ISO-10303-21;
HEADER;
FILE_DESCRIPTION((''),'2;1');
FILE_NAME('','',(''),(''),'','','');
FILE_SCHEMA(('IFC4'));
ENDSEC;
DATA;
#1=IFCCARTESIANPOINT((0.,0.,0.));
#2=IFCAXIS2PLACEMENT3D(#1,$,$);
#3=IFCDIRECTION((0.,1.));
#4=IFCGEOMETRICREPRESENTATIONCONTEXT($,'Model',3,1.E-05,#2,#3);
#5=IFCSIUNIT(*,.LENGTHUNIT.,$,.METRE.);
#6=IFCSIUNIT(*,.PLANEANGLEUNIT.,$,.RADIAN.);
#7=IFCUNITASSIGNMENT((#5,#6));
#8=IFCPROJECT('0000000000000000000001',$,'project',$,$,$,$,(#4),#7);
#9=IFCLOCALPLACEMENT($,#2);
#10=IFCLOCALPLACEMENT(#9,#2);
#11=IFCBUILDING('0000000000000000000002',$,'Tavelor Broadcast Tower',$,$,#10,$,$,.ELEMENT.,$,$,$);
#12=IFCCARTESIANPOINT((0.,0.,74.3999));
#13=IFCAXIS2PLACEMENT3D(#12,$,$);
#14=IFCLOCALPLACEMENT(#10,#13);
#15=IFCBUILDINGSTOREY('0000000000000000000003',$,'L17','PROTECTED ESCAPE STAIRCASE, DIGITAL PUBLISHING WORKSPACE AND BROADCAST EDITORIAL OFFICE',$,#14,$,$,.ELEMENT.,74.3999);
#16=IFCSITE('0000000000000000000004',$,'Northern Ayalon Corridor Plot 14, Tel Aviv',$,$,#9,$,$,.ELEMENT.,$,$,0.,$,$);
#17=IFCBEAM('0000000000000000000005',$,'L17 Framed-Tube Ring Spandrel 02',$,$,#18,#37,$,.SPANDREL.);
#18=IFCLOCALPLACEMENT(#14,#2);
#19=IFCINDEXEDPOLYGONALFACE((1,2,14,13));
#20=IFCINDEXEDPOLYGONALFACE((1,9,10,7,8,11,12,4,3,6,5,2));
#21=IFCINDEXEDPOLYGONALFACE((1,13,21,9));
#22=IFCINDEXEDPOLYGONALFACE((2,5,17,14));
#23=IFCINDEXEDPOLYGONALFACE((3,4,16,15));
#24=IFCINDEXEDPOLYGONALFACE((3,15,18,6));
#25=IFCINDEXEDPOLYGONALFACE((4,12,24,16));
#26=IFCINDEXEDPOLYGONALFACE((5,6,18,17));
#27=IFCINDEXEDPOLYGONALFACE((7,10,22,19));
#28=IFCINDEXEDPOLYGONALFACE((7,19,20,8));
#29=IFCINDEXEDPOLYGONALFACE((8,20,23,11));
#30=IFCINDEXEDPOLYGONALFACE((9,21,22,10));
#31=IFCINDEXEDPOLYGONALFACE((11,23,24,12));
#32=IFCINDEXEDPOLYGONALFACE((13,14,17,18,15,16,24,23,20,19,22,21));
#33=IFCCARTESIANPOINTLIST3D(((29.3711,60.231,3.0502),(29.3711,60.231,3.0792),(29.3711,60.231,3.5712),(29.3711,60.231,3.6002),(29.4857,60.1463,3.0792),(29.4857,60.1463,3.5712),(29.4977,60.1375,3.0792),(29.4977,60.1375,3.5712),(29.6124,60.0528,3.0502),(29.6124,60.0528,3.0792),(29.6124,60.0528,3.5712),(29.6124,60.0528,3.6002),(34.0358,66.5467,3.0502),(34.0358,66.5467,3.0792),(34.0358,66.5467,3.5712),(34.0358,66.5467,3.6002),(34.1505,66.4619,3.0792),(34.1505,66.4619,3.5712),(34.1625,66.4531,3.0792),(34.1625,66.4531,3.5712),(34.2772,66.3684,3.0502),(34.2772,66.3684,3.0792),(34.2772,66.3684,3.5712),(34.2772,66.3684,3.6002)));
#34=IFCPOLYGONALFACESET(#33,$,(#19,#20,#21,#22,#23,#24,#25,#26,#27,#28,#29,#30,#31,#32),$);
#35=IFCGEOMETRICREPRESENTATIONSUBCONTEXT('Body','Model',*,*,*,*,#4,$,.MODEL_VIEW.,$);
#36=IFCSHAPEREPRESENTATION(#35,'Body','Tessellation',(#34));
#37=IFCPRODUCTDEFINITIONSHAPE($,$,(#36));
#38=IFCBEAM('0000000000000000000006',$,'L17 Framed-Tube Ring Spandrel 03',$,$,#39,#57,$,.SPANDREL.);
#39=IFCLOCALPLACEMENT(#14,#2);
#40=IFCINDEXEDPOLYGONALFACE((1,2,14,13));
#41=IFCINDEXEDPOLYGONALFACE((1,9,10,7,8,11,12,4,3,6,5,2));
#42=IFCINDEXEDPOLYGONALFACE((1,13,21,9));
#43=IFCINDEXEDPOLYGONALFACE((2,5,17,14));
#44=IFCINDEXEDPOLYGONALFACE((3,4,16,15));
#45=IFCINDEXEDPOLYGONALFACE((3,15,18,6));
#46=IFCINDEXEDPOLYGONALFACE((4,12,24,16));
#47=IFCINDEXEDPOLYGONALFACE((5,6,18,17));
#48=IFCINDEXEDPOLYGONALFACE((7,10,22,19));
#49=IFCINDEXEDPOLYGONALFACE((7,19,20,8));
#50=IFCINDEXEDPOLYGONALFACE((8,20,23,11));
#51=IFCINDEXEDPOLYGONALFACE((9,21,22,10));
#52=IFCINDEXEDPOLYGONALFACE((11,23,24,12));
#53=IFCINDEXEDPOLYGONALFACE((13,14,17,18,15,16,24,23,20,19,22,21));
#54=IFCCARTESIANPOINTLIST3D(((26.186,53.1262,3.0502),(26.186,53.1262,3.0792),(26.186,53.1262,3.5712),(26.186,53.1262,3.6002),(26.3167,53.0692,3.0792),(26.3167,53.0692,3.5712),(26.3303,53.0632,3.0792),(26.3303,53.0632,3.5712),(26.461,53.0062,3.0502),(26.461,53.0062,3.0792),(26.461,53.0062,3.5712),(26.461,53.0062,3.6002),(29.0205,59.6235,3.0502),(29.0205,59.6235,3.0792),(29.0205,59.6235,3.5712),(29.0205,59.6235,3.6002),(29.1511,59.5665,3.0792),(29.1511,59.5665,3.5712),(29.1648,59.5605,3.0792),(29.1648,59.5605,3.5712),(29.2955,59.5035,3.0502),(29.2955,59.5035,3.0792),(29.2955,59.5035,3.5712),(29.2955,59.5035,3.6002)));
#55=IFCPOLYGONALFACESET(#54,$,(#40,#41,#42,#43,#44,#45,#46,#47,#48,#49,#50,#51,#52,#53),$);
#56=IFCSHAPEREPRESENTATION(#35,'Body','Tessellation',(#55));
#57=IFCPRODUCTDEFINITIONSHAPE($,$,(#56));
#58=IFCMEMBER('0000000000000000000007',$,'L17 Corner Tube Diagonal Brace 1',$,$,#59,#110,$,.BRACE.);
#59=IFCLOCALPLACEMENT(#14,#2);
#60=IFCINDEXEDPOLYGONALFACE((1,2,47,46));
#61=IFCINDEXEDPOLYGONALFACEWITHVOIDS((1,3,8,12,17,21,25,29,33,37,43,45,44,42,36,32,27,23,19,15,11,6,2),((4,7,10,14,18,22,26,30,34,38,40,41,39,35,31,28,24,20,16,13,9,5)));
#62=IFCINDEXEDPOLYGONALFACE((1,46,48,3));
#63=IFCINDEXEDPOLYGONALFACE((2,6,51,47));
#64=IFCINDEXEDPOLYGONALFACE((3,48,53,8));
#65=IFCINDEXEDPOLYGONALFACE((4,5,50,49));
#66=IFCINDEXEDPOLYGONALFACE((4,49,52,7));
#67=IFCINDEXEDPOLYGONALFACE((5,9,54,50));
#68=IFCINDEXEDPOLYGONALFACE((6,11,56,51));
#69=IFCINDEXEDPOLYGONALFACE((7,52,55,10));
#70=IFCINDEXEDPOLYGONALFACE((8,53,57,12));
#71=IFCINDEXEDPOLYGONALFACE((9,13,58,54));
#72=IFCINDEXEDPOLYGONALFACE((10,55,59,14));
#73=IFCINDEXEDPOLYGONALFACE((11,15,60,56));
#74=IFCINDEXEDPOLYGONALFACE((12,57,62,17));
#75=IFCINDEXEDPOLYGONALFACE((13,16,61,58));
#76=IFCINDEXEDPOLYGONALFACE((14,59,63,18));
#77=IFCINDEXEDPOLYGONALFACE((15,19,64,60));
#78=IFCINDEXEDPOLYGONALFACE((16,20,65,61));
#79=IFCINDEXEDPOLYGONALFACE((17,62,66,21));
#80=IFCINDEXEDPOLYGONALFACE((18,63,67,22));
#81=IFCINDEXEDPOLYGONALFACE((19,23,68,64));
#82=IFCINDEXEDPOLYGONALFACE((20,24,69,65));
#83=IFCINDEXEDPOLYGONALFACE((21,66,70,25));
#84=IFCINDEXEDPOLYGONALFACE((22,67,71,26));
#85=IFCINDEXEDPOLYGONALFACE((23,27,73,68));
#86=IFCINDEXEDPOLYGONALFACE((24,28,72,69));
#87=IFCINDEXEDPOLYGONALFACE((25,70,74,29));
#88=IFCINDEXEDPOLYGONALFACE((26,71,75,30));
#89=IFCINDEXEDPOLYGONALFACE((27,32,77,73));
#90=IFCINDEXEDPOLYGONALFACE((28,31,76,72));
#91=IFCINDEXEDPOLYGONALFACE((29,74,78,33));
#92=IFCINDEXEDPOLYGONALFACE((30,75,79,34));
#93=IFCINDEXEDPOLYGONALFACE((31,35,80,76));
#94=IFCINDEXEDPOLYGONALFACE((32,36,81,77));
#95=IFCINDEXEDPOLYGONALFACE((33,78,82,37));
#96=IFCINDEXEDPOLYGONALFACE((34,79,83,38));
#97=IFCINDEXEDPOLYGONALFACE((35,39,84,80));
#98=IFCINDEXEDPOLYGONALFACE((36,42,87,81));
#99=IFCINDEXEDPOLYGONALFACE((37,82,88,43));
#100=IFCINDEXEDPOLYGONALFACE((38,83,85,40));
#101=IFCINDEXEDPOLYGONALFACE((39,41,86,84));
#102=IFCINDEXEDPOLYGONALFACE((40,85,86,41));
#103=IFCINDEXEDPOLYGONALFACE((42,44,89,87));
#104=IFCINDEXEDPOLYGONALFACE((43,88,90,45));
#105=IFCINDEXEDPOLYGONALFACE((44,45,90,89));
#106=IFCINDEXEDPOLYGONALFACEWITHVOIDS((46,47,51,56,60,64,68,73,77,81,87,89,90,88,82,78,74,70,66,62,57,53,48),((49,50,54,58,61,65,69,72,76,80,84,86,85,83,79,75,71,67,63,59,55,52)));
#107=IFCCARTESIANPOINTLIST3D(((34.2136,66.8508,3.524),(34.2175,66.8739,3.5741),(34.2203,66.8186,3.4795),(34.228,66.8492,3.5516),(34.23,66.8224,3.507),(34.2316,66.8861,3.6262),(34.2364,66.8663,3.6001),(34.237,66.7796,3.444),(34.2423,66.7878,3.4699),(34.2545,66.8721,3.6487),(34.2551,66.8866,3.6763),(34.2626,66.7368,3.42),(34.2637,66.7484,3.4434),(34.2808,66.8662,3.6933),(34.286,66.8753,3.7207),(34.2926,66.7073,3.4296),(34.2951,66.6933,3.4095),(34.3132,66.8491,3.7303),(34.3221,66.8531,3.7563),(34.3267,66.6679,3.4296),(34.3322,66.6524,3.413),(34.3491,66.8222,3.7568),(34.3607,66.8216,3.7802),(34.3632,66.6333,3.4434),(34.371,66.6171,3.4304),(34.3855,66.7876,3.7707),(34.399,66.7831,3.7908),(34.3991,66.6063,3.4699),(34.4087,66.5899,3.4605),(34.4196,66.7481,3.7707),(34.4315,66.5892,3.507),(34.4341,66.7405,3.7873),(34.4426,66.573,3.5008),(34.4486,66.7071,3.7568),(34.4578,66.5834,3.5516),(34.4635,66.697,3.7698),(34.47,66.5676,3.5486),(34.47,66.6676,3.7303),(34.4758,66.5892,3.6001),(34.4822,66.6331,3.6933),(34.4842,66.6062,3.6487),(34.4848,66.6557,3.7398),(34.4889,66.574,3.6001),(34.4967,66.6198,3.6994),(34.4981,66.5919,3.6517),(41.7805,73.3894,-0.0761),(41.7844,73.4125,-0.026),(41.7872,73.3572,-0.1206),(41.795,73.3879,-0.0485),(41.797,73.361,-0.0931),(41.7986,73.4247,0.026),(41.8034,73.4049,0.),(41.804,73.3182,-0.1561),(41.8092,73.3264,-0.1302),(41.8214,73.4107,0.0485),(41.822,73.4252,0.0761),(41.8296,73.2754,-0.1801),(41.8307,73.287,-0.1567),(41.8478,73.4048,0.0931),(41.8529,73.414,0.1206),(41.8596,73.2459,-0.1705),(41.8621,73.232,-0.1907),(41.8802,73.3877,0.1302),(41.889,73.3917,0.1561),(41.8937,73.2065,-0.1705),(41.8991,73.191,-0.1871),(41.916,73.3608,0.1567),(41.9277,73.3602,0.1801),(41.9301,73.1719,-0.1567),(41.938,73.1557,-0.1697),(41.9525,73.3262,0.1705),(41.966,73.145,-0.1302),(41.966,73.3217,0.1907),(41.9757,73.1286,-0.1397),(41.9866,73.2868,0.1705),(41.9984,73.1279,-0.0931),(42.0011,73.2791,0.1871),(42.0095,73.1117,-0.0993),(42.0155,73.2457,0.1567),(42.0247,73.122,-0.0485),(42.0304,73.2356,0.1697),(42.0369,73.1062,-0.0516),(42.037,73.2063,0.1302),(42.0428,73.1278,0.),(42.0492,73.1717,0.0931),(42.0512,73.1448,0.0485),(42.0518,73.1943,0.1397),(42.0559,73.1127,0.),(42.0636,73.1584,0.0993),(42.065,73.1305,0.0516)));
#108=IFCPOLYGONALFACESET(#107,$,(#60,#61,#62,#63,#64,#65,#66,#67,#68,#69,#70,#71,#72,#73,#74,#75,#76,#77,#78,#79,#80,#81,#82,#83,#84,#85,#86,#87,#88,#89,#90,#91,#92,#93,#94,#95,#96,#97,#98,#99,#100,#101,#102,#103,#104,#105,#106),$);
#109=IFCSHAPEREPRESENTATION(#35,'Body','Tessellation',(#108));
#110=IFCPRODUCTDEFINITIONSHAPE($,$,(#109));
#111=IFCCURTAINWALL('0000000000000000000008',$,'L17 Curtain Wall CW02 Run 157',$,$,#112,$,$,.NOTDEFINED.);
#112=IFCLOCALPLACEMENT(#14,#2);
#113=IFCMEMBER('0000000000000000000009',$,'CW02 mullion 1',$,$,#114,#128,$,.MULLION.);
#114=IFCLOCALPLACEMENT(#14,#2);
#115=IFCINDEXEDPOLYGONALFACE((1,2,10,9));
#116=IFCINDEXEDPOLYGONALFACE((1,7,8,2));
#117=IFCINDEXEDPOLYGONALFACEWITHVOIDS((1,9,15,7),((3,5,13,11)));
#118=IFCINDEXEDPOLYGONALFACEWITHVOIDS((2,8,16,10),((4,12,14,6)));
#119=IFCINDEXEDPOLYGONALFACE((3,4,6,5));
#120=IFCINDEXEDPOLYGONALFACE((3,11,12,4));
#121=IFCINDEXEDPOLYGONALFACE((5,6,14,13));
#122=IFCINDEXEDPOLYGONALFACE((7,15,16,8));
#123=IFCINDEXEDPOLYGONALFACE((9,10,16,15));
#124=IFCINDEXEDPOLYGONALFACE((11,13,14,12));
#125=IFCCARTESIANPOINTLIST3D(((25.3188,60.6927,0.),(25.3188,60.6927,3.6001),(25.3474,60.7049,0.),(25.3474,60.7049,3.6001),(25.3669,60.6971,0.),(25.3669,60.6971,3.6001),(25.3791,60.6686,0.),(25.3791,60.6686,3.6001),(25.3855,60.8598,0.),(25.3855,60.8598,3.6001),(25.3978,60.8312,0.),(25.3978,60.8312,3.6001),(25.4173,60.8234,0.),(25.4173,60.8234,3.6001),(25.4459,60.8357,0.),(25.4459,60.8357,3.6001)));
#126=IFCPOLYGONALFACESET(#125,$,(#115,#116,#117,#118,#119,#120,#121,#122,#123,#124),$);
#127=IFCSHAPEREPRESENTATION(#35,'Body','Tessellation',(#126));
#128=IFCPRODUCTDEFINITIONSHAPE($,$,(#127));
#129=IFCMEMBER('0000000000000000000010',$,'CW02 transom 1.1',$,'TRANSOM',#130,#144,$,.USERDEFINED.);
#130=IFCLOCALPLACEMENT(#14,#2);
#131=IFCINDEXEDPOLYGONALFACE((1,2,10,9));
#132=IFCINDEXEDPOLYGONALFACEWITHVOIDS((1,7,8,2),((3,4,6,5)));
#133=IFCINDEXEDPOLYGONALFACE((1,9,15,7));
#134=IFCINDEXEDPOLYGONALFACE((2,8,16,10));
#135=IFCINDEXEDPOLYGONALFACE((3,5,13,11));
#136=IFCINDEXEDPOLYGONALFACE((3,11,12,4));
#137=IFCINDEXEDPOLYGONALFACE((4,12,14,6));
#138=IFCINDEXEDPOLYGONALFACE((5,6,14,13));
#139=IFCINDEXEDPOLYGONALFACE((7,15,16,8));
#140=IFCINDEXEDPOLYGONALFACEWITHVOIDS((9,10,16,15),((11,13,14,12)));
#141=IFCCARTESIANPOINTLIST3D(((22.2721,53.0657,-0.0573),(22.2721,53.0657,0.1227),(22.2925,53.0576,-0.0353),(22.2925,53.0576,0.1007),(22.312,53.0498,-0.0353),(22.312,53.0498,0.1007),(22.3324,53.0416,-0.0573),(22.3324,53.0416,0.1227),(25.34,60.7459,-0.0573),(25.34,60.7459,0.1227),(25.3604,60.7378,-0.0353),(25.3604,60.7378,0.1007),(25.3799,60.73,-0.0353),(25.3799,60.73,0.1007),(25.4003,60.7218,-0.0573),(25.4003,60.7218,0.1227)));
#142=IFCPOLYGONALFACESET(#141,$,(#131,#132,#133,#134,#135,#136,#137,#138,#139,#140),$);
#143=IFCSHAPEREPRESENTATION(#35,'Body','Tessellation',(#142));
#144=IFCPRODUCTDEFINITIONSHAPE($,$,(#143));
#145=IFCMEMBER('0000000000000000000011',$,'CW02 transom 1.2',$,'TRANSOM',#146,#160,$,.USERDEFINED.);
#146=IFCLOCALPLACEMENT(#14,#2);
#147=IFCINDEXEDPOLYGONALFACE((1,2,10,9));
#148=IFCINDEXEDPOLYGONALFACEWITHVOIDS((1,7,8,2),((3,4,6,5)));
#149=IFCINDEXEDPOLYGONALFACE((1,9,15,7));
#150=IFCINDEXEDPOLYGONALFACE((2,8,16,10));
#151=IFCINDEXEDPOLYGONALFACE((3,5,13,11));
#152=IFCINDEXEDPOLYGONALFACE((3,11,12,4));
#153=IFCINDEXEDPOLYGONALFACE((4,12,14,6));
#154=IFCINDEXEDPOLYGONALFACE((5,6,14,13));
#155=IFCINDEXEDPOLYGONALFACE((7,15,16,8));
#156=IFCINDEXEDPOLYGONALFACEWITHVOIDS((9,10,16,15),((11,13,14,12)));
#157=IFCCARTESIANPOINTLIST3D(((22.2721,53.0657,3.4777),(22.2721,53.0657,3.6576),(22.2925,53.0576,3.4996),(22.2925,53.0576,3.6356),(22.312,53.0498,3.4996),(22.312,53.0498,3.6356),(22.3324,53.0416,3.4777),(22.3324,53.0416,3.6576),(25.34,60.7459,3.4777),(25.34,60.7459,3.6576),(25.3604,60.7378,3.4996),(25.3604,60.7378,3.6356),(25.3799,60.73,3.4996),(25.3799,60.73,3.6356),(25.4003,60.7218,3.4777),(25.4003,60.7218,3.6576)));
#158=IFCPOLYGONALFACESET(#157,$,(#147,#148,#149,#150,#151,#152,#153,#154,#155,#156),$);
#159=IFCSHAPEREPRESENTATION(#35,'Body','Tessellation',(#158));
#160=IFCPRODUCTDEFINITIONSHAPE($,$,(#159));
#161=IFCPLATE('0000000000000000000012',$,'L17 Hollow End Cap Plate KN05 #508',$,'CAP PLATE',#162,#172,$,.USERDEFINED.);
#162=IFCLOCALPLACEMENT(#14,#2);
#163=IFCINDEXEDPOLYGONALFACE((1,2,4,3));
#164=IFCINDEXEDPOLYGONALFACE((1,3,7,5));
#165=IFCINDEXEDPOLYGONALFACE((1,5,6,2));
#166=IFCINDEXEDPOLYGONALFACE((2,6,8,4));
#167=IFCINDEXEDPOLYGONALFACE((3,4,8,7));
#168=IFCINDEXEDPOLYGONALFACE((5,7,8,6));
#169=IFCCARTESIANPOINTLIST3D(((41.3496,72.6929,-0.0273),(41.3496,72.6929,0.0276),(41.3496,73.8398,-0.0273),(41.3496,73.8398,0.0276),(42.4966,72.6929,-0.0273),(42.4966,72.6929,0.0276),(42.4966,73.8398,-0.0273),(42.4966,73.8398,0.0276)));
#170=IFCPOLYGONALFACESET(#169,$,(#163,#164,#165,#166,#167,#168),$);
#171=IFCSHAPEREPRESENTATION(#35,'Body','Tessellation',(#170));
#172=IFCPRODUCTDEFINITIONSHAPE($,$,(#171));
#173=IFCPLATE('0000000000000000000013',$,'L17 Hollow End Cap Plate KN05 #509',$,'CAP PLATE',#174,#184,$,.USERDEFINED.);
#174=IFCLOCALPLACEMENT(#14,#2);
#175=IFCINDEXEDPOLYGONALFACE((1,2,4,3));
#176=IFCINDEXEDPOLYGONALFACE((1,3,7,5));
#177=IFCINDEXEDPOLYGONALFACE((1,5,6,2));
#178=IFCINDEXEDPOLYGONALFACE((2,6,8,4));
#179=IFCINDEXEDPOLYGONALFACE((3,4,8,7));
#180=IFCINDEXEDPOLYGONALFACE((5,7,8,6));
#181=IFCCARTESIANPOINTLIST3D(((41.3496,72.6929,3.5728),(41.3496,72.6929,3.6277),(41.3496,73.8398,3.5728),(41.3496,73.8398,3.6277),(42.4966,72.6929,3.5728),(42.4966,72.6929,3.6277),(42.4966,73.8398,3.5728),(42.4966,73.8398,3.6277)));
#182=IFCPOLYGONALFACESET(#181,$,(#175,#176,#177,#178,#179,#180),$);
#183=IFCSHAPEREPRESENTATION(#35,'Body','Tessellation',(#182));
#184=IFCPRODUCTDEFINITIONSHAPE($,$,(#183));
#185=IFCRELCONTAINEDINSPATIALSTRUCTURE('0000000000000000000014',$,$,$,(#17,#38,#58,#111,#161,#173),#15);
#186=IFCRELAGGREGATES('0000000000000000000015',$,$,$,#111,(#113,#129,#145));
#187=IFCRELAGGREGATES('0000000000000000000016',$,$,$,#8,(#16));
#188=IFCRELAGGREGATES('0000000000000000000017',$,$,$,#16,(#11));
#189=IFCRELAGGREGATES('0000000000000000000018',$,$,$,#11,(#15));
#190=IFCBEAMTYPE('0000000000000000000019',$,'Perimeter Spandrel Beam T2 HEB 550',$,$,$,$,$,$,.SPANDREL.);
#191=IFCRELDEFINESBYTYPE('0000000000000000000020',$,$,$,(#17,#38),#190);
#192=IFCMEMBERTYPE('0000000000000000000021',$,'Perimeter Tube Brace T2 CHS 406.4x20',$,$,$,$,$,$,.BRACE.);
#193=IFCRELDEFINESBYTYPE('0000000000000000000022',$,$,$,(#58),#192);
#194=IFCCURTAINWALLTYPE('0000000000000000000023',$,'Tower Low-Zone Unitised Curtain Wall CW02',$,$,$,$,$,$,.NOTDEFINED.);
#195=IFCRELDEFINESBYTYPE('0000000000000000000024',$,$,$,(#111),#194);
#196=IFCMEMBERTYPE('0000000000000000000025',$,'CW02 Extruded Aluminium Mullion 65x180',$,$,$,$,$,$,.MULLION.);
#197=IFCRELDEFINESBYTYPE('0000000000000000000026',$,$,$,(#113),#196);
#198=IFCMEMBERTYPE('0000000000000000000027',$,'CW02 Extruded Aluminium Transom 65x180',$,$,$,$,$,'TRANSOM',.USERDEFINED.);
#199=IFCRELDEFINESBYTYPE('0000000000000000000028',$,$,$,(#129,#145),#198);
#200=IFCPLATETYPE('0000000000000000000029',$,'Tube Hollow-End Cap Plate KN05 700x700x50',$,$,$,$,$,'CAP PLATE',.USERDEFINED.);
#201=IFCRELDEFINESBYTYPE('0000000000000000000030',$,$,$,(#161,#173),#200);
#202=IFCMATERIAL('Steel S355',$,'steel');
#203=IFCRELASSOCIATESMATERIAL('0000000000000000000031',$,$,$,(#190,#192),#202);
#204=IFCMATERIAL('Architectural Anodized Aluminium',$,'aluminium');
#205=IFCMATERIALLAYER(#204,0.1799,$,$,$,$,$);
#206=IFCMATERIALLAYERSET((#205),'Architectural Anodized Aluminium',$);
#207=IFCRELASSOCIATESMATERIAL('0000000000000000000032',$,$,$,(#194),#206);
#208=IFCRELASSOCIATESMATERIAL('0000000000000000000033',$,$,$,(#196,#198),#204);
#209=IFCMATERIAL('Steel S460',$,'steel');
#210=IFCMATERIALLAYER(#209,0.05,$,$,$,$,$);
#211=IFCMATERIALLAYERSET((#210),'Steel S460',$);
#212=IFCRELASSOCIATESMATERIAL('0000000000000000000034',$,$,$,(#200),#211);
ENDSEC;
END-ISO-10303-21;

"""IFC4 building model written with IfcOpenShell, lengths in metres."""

from ifc_helpers import new_model, si_unit, direction, frame, origin, origin_2d, place, context, subcontext, project, spatial, rectangle, hollow_rectangle, hollow_circle, i_section, extrude, source, transform, mapped, material, layer, layer_set, material_profile, profile_set, type_object, type_shapes, element, aggregate, save


model = new_model("IFC4")

# Units and contexts
model_context = context("Model", 3, precision=1e-05, world=origin(), true_north=direction((0.0, 1.0)))
body_context = subcontext(model_context, "Body", "Model", "MODEL_VIEW")
ifc_project = project(units=[si_unit("LENGTHUNIT", "METRE"), si_unit("PLANEANGLEUNIT", "RADIAN")], contexts=[model_context])

# Site, building, storey
site_placement = place(None, origin())
site = spatial("IfcSite", under=ifc_project, at=site_placement, Name="Northern Ayalon Corridor Plot 14, Tel Aviv", CompositionType="ELEMENT", RefElevation=0.0)
building_placement = place(site_placement, origin())
building = spatial("IfcBuilding", under=site, at=building_placement, Name="Tavelor Broadcast Tower", CompositionType="ELEMENT")
storey_placement = place(building_placement, frame((0.0, 0.0, 74.3999)))
storey = spatial("IfcBuildingStorey", under=building, at=storey_placement, Name="L17", Description="PROTECTED ESCAPE STAIRCASE, DIGITAL PUBLISHING WORKSPACE AND BROADCAST EDITORIAL OFFICE", CompositionType="ELEMENT", Elevation=74.3999)

# Shared definitions
ifc_material_1 = material(Name="Steel S460", Category="steel")

# Beams
ifc_material_2 = material(Name="Steel S355", Category="steel")
ifc_material_profile_1 = material_profile(ifc_material_2, i_section(OverallWidth=0.3, OverallDepth=0.55, WebThickness=0.0149, FlangeThickness=0.0291, at=origin_2d()), Name="HEB 550")
ifc_profile_set_1 = profile_set([ifc_material_profile_1], Name="Steel S355")
beam_type_1 = type_object("IfcBeamType", Name="Perimeter Spandrel Beam T2 HEB 550", PredefinedType="SPANDREL", material=ifc_profile_set_1)
beam_1_placement = place(storey_placement, frame((34.1565, 66.4575, 3.3252), z_axis=(-0.594118, -0.804378, 0.0), x_axis=(0.804378, -0.594118, 0.0)))
element("IfcBeam", 1, at=beam_1_placement, inside=storey, type_object=beam_type_1, Name="L17 Framed-Tube Ring Spandrel 02", PredefinedType="SPANDREL", context=body_context, shape_type="SweptSolid", body=[
    extrude(i_section(OverallWidth=0.3, OverallDepth=0.55, WebThickness=0.0149, FlangeThickness=0.0291, at=origin_2d()), origin(), (0.0, 0.0, 1.0), 7.8516),
])
beam_2_placement = place(storey_placement, frame((29.158, 59.5635, 3.3252), z_axis=(-0.399859, -0.916577, 0.0), x_axis=(0.916577, -0.399859, 0.0)))
element("IfcBeam", 2, at=beam_2_placement, inside=storey, type_object=beam_type_1, Name="L17 Framed-Tube Ring Spandrel 03", PredefinedType="SPANDREL", context=body_context, shape_type="SweptSolid", body=[
    extrude(i_section(OverallWidth=0.3, OverallDepth=0.55, WebThickness=0.0149, FlangeThickness=0.0291, at=origin_2d()), origin(), (0.0, 0.0, 1.0), 7.0886),
])

# Member
ifc_material_profile_2 = material_profile(ifc_material_2, hollow_circle(Radius=0.2031, WallThickness=0.02, at=origin_2d()), Name="CHS 406.4x20")
ifc_profile_set_2 = profile_set([ifc_material_profile_2], Name="Steel S355")
member_type_1 = type_object("IfcMemberType", Name="Perimeter Tube Brace T2 CHS 406.4x20", PredefinedType="BRACE", material=ifc_profile_set_2)
member_1_placement = place(storey_placement, frame((41.9231, 73.2664, 0.0), z_axis=(-0.711923, -0.615175, 0.338711), x_axis=(0.653822, -0.756648, 0.0)))
element("IfcMember", 3, at=member_1_placement, inside=storey, type_object=member_type_1, Name="L17 Corner Tube Diagonal Brace 1", PredefinedType="BRACE", context=body_context, shape_type="SweptSolid", body=[
    extrude(hollow_circle(Radius=0.2031, WallThickness=0.02, at=origin_2d()), origin(), (0.0, 0.0, 1.0), 10.6289),
])

# Curtain wall, members
ifc_material_3 = material(Name="Architectural Anodized Aluminium", Category="aluminium")
ifc_layer_1 = layer(ifc_material_3, 0.1799)
ifc_layer_set_1 = layer_set([ifc_layer_1], Name="Architectural Anodized Aluminium")
curtain_wall_type = type_object("IfcCurtainWallType", Name="Tower Low-Zone Unitised Curtain Wall CW02", PredefinedType="NOTDEFINED", material=ifc_layer_set_1)
curtain_wall_placement = place(storey_placement, origin())
curtain_wall = element("IfcCurtainWall", 4, at=curtain_wall_placement, inside=storey, type_object=curtain_wall_type, Name="L17 Curtain Wall CW02 Run 157", PredefinedType="NOTDEFINED")
ifc_material_profile_3 = material_profile(ifc_material_3, hollow_rectangle(XDim=0.0649, YDim=0.1799, WallThickness=0.022, at=origin_2d()), Name="RHS 65x180x22")
ifc_profile_set_3 = profile_set([ifc_material_profile_3], Name="Architectural Anodized Aluminium")
member_type_2 = type_object("IfcMemberType", Name="CW02 Extruded Aluminium Mullion 65x180", PredefinedType="MULLION", material=ifc_profile_set_3)
shared_shape_1 = source(origin(), body_context, "Body", "SweptSolid", [
    extrude(hollow_rectangle(XDim=0.0649, YDim=0.1799, WallThickness=0.022, at=origin_2d()), origin(), (0.0, 0.0, 1.0), 3.6001),
])
type_shapes(member_type_2, [shared_shape_1])
member_2_placement = place(storey_placement, frame((25.3823, 60.7642, 0.0), z_axis=(0.0, 0.0, 1.0), x_axis=(0.928649, -0.37096, 0.0)))
member_2 = element("IfcMember", 5, at=member_2_placement, type_object=member_type_2, Name="CW02 mullion 1", PredefinedType="MULLION", context=body_context, shape_type="MappedRepresentation", body=[
    mapped(shared_shape_1, transform((0.0, 0.0, 0.0), scale=1.0)),
])
ifc_material_profile_4 = material_profile(ifc_material_3, hollow_rectangle(XDim=0.0649, YDim=0.1799, WallThickness=0.022, at=origin_2d()), Name="RHS 65x180x22")
ifc_profile_set_4 = profile_set([ifc_material_profile_4], Name="Architectural Anodized Aluminium")
member_type_3 = type_object("IfcMemberType", Name="CW02 Extruded Aluminium Transom 65x180", ElementType="TRANSOM", PredefinedType="USERDEFINED", material=ifc_profile_set_4)
shared_shape_2 = source(origin(), body_context, "Body", "SweptSolid", [
    extrude(hollow_rectangle(XDim=0.0649, YDim=0.1799, WallThickness=0.022, at=origin_2d()), origin(), (0.0, 0.0, 1.0), 8.2703),
])
type_shapes(member_type_3, [shared_shape_2])
member_3_placement = place(storey_placement, frame((25.3701, 60.7339, 0.0327), z_axis=(-0.370953, -0.928652, 0.0), x_axis=(0.928652, -0.370953, 0.0)))
member_3 = element("IfcMember", 6, at=member_3_placement, type_object=member_type_3, Name="CW02 transom 1.1", ObjectType="TRANSOM", PredefinedType="USERDEFINED", context=body_context, shape_type="MappedRepresentation", body=[
    mapped(shared_shape_2, transform((0.0, 0.0, 0.0), scale=1.0)),
])
member_4_placement = place(storey_placement, frame((25.3701, 60.7339, 3.5676), z_axis=(-0.370953, -0.928652, 0.0), x_axis=(0.928652, -0.370953, 0.0)))
member_4 = element("IfcMember", 7, at=member_4_placement, type_object=member_type_3, Name="CW02 transom 1.2", ObjectType="TRANSOM", PredefinedType="USERDEFINED", context=body_context, shape_type="MappedRepresentation", body=[
    mapped(shared_shape_2, transform((0.0, 0.0, 0.0), scale=1.0)),
])
aggregate(curtain_wall, [member_2, member_3, member_4])

# Plates
ifc_layer_2 = layer(ifc_material_1, 0.05)
ifc_layer_set_2 = layer_set([ifc_layer_2], Name="Steel S460")
plate_type = type_object("IfcPlateType", Name="Tube Hollow-End Cap Plate KN05 700x700x50", ElementType="CAP PLATE", PredefinedType="USERDEFINED", material=ifc_layer_set_2)
shared_shape_3 = source(origin(), body_context, "Body", "SweptSolid", [
    extrude(rectangle(XDim=1.147, YDim=1.147, at=origin_2d()), origin(), (0.0, 0.0, 1.0), 0.0549),
])
for number, where, z_axis, x_axis, name in (
    (8, (41.9231, 73.2664, -0.0273), (0.0, 0.0, 1.0), (1.0, 0.0, 0.0), "L17 Hollow End Cap Plate KN05 #508"),
    (9, (41.9231, 73.2664, 3.5728), (0.0, 0.0, 1.0), (1.0, 0.0, 0.0), "L17 Hollow End Cap Plate KN05 #509"),
):
    element("IfcPlate", number, at=place(storey_placement, frame(where, z_axis=z_axis, x_axis=x_axis)), inside=storey, type_object=plate_type, Name=name, ObjectType="CAP PLATE", PredefinedType="USERDEFINED", context=body_context, shape_type="MappedRepresentation", body=[
        mapped(shared_shape_3, transform((0.0, 0.0, 0.0), scale=1.0)),
    ])

save(model, "model.ifc")
